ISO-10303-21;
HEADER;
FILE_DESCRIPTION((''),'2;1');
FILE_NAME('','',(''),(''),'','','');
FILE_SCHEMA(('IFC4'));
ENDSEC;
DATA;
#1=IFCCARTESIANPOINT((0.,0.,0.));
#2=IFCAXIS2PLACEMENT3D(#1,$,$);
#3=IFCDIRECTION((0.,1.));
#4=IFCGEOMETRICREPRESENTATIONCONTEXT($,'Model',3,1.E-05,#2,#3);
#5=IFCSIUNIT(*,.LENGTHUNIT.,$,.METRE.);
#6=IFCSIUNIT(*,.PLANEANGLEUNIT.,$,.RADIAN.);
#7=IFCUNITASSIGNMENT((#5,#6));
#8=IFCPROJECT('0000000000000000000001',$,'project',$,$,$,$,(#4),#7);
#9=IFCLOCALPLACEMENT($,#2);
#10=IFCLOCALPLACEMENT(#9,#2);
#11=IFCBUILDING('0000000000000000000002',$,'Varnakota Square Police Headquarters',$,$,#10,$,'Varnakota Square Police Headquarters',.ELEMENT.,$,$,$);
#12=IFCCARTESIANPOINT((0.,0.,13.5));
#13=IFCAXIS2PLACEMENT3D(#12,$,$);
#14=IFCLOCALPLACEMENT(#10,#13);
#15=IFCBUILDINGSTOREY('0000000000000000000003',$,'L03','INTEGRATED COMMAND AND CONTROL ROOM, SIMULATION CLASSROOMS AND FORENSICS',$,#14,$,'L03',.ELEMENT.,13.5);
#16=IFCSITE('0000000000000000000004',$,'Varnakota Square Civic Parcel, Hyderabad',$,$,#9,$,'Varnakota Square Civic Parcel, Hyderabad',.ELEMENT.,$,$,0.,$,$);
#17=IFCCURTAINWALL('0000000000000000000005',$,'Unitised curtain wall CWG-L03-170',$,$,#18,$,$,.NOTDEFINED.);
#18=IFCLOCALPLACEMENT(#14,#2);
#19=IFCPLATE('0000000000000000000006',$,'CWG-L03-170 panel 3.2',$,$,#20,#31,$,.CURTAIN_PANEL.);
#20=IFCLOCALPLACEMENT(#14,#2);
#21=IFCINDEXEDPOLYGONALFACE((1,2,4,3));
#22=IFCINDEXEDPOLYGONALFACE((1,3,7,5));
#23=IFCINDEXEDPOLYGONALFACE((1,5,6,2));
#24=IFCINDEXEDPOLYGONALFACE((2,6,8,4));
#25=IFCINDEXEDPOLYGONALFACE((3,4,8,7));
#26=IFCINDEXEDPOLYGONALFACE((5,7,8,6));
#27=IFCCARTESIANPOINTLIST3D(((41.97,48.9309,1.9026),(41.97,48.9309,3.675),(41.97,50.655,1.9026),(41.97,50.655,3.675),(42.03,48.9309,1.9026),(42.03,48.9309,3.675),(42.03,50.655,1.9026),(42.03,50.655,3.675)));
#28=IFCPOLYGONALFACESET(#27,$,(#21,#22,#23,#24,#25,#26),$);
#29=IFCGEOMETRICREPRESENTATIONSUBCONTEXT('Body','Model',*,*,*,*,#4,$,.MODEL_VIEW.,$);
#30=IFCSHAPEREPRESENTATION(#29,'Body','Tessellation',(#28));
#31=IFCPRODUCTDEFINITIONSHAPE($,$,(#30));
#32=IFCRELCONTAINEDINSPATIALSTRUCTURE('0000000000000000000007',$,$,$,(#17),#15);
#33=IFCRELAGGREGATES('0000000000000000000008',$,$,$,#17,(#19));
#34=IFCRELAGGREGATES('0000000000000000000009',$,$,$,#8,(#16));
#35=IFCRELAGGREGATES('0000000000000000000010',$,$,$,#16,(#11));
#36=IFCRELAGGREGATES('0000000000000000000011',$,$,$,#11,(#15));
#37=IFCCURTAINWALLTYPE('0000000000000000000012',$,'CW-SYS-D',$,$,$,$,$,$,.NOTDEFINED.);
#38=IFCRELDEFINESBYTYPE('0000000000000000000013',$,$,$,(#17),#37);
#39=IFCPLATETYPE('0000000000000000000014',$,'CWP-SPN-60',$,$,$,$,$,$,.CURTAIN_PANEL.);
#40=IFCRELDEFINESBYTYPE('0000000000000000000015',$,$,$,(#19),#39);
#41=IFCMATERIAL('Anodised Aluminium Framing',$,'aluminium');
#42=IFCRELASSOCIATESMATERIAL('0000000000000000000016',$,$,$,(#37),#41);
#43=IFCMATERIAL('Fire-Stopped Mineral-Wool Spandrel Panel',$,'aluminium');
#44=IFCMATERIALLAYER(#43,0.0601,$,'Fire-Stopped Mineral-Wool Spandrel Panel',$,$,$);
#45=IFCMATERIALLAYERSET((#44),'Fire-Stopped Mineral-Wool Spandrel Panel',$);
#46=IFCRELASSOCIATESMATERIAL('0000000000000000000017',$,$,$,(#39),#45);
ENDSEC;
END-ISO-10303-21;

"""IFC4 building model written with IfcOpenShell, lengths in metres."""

from ifc_helpers import new_model, si_unit, direction, frame, origin, origin_2d, place, context, subcontext, project, spatial, rectangle, extrude, material, layer, layer_set, type_object, element, aggregate, save


model = new_model("IFC4")

# Units and contexts
model_context = context("Model", 3, precision=1e-05, world=origin(), true_north=direction((0.0, 1.0)))
body_context = subcontext(model_context, "Body", "Model", "MODEL_VIEW")
ifc_project = project(units=[si_unit("LENGTHUNIT", "METRE"), si_unit("PLANEANGLEUNIT", "RADIAN")], contexts=[model_context])

# Site, building, storey
site_placement = place(None, origin())
site = spatial("IfcSite", under=ifc_project, at=site_placement, Name="Varnakota Square Civic Parcel, Hyderabad", LongName="Varnakota Square Civic Parcel, Hyderabad", CompositionType="ELEMENT", RefElevation=0.0)
building_placement = place(site_placement, origin())
building = spatial("IfcBuilding", under=site, at=building_placement, Name="Varnakota Square Police Headquarters", LongName="Varnakota Square Police Headquarters", CompositionType="ELEMENT")
storey_placement = place(building_placement, frame((0.0, 0.0, 13.5)))
storey = spatial("IfcBuildingStorey", under=building, at=storey_placement, Name="L03", Description="INTEGRATED COMMAND AND CONTROL ROOM, SIMULATION CLASSROOMS AND FORENSICS", LongName="L03", CompositionType="ELEMENT", Elevation=13.5)

# Curtain wall
ifc_material_1 = material(Name="Anodised Aluminium Framing", Category="aluminium")
curtain_wall_type = type_object("IfcCurtainWallType", Name="CW-SYS-D", PredefinedType="NOTDEFINED", material=ifc_material_1)
curtain_wall_1_placement = place(storey_placement, origin())
curtain_wall_1 = element("IfcCurtainWall", 1, at=curtain_wall_1_placement, inside=storey, type_object=curtain_wall_type, Name="Unitised curtain wall CWG-L03-170", PredefinedType="NOTDEFINED")

# Plate
ifc_material_2 = material(Name="Fire-Stopped Mineral-Wool Spandrel Panel", Category="aluminium")
ifc_layer_1 = layer(ifc_material_2, 0.0601, Name="Fire-Stopped Mineral-Wool Spandrel Panel")
ifc_layer_set_1 = layer_set([ifc_layer_1], Name="Fire-Stopped Mineral-Wool Spandrel Panel")
plate_type_1 = type_object("IfcPlateType", Name="CWP-SPN-60", PredefinedType="CURTAIN_PANEL", material=ifc_layer_set_1)
plate_1_placement = place(storey_placement, frame((42.0, 49.793, 1.9026), z_axis=(0.0, 0.0, 1.0), x_axis=(0.0, 1.0, 0.0)))
plate_1 = element("IfcPlate", 2, at=plate_1_placement, type_object=plate_type_1, Name="CWG-L03-170 panel 3.2", PredefinedType="CURTAIN_PANEL", context=body_context, shape_type="SweptSolid", body=[
    extrude(rectangle(XDim=1.7241, YDim=0.0601, at=origin_2d()), origin(), (0.0, 0.0, 1.0), 1.7725),
])
aggregate(curtain_wall_1, [plate_1])

save(model, "model.ifc")
